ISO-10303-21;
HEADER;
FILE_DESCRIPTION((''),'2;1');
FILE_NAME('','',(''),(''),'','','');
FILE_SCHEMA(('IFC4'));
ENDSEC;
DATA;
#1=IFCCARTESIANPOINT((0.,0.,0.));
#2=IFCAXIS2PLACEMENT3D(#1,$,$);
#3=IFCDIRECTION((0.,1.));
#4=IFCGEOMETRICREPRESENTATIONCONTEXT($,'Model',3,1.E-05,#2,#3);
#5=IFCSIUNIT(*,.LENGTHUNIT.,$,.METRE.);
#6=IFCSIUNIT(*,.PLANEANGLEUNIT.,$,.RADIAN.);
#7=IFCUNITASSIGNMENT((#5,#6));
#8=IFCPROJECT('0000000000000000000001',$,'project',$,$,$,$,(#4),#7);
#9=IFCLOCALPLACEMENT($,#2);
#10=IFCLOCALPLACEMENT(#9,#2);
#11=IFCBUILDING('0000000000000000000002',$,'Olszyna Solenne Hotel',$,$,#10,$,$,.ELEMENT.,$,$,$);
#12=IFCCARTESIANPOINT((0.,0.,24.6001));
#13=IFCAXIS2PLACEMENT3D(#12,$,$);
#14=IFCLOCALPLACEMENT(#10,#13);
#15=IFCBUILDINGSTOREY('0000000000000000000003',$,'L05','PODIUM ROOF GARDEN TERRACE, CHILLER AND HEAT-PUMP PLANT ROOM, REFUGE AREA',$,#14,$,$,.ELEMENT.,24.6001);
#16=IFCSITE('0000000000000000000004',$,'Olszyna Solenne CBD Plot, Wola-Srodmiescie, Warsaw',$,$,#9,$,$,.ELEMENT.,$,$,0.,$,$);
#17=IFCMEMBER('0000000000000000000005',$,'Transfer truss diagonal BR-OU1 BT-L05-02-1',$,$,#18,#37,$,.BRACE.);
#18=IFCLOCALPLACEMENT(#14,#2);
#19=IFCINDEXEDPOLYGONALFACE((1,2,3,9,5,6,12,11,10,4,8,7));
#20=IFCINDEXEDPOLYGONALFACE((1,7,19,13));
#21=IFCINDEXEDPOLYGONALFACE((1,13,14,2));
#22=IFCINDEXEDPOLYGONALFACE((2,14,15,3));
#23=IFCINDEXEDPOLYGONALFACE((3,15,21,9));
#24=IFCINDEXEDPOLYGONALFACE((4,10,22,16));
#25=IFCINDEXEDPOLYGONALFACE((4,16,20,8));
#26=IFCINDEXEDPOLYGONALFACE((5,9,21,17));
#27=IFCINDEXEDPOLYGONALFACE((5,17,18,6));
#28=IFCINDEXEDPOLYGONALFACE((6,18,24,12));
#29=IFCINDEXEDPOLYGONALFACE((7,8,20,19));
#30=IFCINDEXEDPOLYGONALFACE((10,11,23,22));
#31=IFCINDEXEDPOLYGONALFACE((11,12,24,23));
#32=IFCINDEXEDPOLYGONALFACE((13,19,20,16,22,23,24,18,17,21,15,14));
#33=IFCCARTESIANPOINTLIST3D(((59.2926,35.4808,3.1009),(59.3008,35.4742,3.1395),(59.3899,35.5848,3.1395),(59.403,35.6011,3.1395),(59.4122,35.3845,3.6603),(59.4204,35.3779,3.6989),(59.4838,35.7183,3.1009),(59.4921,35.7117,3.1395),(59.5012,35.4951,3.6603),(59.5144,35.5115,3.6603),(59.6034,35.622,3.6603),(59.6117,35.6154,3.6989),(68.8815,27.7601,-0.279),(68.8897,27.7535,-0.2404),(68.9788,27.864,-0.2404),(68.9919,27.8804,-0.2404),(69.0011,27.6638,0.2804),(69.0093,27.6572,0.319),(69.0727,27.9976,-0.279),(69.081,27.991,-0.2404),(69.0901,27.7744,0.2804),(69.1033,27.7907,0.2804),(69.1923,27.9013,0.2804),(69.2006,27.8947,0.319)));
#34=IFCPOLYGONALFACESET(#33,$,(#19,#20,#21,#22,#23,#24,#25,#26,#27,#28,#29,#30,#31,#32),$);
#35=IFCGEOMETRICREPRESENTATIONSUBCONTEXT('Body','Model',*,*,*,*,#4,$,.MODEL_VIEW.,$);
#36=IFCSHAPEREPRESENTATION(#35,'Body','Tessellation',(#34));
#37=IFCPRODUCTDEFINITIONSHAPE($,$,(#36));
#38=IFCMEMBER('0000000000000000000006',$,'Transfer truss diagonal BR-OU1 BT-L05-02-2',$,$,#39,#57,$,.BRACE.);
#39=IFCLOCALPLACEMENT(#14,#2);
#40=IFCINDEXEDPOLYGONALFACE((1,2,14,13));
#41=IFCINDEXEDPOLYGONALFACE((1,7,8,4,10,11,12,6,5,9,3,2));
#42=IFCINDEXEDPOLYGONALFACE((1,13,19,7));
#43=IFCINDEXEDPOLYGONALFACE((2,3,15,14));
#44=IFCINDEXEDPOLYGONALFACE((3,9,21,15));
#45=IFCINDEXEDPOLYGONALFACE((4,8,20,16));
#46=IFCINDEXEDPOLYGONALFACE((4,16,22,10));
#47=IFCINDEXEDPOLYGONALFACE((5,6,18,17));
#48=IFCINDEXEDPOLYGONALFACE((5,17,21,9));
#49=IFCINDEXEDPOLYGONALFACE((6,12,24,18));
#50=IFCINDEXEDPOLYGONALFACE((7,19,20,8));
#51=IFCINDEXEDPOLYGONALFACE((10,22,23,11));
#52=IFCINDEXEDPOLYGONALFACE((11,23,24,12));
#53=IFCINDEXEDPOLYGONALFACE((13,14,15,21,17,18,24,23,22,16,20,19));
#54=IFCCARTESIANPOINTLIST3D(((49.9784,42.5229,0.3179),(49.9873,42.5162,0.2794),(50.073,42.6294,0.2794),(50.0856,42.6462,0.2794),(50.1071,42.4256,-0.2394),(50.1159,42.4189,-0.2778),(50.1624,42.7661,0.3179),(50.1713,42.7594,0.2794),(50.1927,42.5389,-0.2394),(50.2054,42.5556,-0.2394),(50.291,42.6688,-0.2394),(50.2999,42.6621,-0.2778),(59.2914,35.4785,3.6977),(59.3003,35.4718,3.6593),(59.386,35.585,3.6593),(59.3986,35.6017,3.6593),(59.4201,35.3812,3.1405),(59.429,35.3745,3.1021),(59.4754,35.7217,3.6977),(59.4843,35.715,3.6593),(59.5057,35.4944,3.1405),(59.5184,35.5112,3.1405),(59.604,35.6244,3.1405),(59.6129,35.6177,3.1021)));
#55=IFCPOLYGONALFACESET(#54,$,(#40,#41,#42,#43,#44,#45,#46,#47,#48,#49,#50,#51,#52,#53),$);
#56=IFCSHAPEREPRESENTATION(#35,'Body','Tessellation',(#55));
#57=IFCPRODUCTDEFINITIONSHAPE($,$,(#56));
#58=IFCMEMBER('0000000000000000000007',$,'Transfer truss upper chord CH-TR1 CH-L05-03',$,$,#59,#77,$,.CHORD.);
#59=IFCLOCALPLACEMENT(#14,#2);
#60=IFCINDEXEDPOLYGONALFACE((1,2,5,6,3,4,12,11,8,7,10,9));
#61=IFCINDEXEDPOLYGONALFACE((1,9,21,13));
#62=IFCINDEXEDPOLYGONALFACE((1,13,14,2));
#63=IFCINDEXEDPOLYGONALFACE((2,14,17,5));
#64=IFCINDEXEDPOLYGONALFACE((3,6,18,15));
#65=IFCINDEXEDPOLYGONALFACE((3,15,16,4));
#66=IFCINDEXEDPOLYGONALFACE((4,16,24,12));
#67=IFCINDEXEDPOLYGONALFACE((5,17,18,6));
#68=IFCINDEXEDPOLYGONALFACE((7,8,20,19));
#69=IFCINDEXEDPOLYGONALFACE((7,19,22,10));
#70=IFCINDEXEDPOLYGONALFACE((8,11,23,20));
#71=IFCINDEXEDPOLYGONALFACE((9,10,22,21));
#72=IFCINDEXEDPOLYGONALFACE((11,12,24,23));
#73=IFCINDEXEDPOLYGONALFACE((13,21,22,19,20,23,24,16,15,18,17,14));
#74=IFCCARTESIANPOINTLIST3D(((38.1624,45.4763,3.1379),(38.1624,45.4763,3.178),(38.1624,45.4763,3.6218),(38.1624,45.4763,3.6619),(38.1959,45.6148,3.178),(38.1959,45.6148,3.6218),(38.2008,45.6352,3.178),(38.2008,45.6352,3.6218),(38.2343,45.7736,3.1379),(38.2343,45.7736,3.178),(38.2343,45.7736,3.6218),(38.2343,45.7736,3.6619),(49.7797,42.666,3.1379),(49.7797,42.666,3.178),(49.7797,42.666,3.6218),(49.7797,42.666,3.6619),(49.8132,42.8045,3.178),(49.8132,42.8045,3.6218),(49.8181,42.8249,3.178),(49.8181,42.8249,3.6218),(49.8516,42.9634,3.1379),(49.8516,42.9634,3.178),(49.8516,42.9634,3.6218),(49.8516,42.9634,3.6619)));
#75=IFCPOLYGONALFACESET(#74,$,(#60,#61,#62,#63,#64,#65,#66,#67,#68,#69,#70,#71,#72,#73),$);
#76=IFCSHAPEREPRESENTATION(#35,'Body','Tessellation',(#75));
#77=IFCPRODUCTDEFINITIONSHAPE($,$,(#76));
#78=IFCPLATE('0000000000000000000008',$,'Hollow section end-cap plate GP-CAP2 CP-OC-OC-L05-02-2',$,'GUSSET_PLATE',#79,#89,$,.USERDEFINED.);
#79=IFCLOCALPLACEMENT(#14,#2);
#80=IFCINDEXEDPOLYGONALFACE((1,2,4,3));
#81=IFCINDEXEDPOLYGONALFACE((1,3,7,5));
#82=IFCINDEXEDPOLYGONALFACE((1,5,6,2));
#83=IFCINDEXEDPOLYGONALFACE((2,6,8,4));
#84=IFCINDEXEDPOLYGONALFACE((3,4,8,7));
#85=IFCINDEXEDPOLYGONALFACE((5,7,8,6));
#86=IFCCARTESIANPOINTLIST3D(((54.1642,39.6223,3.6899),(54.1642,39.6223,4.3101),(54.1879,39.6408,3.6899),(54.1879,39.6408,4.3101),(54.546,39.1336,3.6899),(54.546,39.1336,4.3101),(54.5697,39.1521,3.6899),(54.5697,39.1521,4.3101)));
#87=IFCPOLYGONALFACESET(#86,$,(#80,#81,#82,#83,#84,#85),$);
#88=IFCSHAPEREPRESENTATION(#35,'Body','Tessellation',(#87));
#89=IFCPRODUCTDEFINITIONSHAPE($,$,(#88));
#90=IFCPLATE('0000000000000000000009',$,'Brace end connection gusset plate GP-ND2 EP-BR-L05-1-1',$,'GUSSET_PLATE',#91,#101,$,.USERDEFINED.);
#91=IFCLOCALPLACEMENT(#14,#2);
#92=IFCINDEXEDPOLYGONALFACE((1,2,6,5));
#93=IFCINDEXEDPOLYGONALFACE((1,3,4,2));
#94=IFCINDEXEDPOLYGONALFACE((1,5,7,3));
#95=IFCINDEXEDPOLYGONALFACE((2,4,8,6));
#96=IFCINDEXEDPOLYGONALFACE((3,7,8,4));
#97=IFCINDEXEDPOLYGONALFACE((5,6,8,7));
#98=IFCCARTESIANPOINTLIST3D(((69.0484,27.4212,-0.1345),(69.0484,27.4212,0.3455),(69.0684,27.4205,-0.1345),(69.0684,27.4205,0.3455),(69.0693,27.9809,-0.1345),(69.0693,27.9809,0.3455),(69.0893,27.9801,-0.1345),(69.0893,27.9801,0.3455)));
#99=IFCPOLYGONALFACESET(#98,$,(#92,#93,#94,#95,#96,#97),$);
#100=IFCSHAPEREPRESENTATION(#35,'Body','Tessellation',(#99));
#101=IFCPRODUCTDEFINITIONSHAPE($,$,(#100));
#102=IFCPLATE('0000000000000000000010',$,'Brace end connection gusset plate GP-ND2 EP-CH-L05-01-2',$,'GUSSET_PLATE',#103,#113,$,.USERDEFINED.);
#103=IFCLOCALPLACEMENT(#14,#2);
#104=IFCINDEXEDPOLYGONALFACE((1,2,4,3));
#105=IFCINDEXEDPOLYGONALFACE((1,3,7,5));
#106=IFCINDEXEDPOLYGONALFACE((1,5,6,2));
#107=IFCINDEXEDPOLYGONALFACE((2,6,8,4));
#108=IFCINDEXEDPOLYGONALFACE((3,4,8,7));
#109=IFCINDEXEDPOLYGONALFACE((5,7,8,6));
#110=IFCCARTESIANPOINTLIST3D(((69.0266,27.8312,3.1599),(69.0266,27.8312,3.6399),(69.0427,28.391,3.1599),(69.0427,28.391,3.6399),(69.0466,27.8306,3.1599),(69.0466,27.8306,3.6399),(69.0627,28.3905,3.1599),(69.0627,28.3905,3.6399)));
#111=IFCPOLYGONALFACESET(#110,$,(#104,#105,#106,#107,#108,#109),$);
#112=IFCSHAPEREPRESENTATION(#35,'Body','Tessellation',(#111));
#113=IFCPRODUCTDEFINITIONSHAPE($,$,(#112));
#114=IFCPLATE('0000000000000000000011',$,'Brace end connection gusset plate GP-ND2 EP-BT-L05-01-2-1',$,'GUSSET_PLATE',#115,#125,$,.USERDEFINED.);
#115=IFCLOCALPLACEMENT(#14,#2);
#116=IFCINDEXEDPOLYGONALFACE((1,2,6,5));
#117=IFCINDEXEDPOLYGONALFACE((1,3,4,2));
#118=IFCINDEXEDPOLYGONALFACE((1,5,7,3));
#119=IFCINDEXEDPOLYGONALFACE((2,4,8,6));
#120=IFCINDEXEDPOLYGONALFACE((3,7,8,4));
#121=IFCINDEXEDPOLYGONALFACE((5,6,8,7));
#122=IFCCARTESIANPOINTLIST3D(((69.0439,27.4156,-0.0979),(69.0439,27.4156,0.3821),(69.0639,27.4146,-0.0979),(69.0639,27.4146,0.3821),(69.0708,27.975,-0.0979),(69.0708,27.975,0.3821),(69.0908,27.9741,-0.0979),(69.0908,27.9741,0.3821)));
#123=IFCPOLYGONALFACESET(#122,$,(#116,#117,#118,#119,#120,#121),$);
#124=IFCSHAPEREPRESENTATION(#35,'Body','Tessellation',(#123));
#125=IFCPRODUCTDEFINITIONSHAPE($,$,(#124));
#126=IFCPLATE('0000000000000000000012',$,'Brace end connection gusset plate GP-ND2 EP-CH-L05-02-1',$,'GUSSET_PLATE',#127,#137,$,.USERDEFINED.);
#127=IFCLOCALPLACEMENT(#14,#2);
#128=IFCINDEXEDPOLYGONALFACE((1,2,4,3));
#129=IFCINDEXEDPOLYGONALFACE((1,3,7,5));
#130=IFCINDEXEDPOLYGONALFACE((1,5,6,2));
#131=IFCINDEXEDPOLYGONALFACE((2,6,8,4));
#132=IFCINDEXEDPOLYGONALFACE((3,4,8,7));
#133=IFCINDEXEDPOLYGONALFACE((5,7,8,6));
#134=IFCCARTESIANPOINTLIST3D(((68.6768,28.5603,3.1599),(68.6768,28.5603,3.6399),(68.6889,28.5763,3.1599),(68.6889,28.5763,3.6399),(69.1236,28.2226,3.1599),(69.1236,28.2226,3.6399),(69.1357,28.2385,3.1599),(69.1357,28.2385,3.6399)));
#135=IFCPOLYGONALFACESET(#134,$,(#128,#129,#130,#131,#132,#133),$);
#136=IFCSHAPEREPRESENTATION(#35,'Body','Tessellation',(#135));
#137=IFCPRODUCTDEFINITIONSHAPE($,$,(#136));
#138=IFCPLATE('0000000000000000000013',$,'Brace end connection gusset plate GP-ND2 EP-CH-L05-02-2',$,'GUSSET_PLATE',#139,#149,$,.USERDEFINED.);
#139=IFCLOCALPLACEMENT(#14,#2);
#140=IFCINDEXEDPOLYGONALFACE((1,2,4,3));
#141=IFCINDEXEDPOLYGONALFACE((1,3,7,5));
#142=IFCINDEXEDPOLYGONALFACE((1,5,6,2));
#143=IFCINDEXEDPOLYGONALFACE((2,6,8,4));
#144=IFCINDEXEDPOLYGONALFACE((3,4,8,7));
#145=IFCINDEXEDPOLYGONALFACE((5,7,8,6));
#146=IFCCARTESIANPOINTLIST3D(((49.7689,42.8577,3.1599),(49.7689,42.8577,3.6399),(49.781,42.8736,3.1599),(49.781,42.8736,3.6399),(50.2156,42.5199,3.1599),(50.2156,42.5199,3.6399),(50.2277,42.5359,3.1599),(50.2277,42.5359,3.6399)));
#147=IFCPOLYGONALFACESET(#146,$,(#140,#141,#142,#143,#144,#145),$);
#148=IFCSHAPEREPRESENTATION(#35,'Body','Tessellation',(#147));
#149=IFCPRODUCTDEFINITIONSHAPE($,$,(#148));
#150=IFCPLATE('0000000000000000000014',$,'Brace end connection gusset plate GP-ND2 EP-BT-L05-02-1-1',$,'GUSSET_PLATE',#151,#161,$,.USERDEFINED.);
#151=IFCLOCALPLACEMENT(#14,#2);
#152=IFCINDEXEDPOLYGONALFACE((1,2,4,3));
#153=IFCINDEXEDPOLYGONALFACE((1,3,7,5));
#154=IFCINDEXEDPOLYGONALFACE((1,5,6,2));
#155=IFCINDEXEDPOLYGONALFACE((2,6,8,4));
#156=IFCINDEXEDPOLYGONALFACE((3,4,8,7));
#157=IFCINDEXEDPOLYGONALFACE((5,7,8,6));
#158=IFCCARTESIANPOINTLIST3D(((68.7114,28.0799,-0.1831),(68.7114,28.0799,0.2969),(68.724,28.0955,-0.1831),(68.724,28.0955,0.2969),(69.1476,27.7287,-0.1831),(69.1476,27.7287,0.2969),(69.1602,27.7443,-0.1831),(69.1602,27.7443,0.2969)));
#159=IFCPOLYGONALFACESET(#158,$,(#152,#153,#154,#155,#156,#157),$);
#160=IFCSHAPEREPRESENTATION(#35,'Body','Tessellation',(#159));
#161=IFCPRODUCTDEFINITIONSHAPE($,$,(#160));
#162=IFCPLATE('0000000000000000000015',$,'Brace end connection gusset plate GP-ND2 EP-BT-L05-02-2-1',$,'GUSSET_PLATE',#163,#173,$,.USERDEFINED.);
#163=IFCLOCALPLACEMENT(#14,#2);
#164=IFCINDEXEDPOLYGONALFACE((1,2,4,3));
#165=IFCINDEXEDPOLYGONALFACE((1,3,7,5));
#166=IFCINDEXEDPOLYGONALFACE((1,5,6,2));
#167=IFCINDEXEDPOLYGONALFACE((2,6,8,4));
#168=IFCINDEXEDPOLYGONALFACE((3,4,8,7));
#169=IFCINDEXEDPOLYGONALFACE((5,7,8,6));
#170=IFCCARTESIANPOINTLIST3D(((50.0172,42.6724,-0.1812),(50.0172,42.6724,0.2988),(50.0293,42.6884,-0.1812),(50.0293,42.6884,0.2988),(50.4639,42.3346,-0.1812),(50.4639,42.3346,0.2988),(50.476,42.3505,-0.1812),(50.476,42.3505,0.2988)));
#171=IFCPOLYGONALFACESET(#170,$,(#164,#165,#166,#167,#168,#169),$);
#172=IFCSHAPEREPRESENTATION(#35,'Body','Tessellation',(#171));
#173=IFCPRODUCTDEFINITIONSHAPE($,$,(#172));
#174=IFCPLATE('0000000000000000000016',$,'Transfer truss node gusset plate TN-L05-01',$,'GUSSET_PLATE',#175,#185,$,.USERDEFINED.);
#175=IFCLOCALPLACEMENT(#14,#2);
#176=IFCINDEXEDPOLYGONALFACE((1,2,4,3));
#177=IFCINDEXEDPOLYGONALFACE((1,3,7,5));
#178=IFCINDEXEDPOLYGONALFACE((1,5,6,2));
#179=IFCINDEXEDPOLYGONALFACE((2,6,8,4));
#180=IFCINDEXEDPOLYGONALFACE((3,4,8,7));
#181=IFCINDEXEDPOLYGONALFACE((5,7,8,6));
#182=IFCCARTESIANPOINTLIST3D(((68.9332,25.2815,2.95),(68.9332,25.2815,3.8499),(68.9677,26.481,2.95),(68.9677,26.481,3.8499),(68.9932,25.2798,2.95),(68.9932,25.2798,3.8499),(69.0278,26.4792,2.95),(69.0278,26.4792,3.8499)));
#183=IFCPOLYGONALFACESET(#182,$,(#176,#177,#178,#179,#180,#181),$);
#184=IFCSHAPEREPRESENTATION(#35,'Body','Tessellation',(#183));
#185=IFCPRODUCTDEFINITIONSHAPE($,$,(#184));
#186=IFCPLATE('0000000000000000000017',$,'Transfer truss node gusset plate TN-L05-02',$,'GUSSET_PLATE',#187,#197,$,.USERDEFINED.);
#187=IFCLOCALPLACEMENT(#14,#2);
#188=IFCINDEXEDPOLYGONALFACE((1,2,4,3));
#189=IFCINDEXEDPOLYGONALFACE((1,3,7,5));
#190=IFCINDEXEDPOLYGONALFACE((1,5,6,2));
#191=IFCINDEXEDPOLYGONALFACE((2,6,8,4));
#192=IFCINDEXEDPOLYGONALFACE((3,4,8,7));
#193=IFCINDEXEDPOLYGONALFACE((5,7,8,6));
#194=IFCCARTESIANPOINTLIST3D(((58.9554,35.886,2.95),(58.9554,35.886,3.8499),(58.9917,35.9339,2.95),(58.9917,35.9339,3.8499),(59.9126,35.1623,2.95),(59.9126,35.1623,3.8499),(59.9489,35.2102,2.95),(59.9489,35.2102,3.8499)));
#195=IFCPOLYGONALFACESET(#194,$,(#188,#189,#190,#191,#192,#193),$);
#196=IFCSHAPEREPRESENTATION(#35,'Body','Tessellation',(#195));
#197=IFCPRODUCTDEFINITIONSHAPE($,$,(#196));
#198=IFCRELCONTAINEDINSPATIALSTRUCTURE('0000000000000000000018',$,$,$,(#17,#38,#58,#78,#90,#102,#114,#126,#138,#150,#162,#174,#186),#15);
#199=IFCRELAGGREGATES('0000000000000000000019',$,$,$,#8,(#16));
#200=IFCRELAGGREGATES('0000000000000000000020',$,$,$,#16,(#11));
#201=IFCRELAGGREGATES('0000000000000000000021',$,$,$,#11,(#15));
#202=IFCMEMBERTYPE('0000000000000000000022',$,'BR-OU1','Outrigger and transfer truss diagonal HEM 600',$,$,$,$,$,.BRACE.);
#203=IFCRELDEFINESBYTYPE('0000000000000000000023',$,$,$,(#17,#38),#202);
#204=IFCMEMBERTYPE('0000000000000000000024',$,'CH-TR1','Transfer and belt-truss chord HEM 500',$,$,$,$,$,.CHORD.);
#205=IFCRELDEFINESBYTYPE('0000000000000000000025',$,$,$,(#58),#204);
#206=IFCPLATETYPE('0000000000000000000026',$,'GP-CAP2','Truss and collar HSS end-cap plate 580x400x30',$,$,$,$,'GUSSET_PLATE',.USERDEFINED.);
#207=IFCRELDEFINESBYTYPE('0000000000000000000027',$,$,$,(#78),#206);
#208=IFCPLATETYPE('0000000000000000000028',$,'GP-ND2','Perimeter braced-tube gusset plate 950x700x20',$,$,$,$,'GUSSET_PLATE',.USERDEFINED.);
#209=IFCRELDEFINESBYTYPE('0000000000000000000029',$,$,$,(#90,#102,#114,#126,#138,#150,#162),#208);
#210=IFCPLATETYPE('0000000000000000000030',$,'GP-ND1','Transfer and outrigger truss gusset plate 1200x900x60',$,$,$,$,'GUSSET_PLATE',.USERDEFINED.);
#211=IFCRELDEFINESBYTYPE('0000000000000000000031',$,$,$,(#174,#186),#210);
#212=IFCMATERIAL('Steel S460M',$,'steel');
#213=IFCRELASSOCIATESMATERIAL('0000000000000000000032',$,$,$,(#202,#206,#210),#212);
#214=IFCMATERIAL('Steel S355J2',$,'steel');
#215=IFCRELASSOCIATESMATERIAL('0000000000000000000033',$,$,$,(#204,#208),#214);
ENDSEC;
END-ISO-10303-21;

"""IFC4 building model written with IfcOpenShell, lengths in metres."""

from ifc_helpers import new_model, si_unit, direction, frame, origin, origin_2d, place, context, subcontext, project, spatial, rectangle, i_section, extrude, source, transform, mapped, material, material_profile, profile_set, type_object, element, save


model = new_model("IFC4")

# Units and contexts
model_context = context("Model", 3, precision=1e-05, world=origin(), true_north=direction((0.0, 1.0)))
body_context = subcontext(model_context, "Body", "Model", "MODEL_VIEW")
ifc_project = project(units=[si_unit("LENGTHUNIT", "METRE"), si_unit("PLANEANGLEUNIT", "RADIAN")], contexts=[model_context])

# Site, building, storey
site_placement = place(None, origin())
site = spatial("IfcSite", under=ifc_project, at=site_placement, Name="Olszyna Solenne CBD Plot, Wola-Srodmiescie, Warsaw", CompositionType="ELEMENT", RefElevation=0.0)
building_placement = place(site_placement, origin())
building = spatial("IfcBuilding", under=site, at=building_placement, Name="Olszyna Solenne Hotel", CompositionType="ELEMENT")
storey_placement = place(building_placement, frame((0.0, 0.0, 24.6001)))
storey = spatial("IfcBuildingStorey", under=building, at=storey_placement, Name="L05", Description="PODIUM ROOF GARDEN TERRACE, CHILLER AND HEAT-PUMP PLANT ROOM, REFUGE AREA", CompositionType="ELEMENT", Elevation=24.6001)

# Shared definitions
ifc_material_1 = material(Name="Steel S355J2", Category="steel")
ifc_material_2 = material(Name="Steel S460M", Category="steel")

# Members
ifc_material_profile_1 = material_profile(ifc_material_2, i_section(OverallWidth=0.3049, OverallDepth=0.6201, WebThickness=0.021, FlangeThickness=0.04, at=origin_2d()), Name="HEM 600", Category="load-bearing")
ifc_profile_set_1 = profile_set([ifc_material_profile_1], Name="Steel S460M")
member_type_1 = type_object("IfcMemberType", Name="BR-OU1", Description="Outrigger and transfer truss diagonal HEM 600", PredefinedType="BRACE", material=ifc_profile_set_1)
ifc_material_profile_2 = material_profile(ifc_material_1, i_section(OverallWidth=0.3059, OverallDepth=0.5239, WebThickness=0.021, FlangeThickness=0.04, at=origin_2d()), Name="HEM 500", Category="load-bearing")
ifc_profile_set_2 = profile_set([ifc_material_profile_2], Name="Steel S355J2")
member_type_2 = type_object("IfcMemberType", Name="CH-TR1", Description="Transfer and belt-truss chord HEM 500", PredefinedType="CHORD", material=ifc_profile_set_2)
shared_shape_1 = source(origin(), body_context, "Body", "SweptSolid", [
    extrude(i_section(OverallWidth=0.3049, OverallDepth=0.6201, WebThickness=0.021, FlangeThickness=0.04, at=origin_2d()), origin(), (0.0, 0.0, 1.0), 12.7664),
])
member_1_placement = place(storey_placement, frame((69.041, 27.8274, 0.02), z_axis=(-0.751106, 0.604771, 0.26475), x_axis=(-0.627149, -0.778899, 0.0)))
element("IfcMember", 1, at=member_1_placement, inside=storey, type_object=member_type_1, Name="Transfer truss diagonal BR-OU1 BT-L05-02-1", PredefinedType="BRACE", context=body_context, shape_type="MappedRepresentation", body=[
    mapped(shared_shape_1, transform((0.0, 0.0, 0.0), x_axis=(1.0, 0.0, 0.0), y_axis=(0.0, 1.0, 0.0), z_axis=(0.0, 0.0, 1.0), scale=1.0)),
])
shared_shape_2 = source(origin(), body_context, "Body", "SweptSolid", [
    extrude(i_section(OverallWidth=0.3049, OverallDepth=0.6201, WebThickness=0.021, FlangeThickness=0.04, at=origin_2d()), origin(), (0.0, 0.0, 1.0), 12.1565),
])
member_2_placement = place(storey_placement, frame((50.1392, 42.5925, 0.02), z_axis=(0.766094, -0.579481, 0.278032), x_axis=(0.603267, 0.79754, 0.0)))
element("IfcMember", 2, at=member_2_placement, inside=storey, type_object=member_type_1, Name="Transfer truss diagonal BR-OU1 BT-L05-02-2", PredefinedType="BRACE", context=body_context, shape_type="MappedRepresentation", body=[
    mapped(shared_shape_2, transform((0.0, 0.0, 0.0), x_axis=(1.0, 0.0, 0.0), y_axis=(0.0, 1.0, 0.0), z_axis=(0.0, 0.0, 1.0), scale=1.0)),
])
shared_shape_3 = source(origin(), body_context, "Body", "SweptSolid", [
    extrude(i_section(OverallWidth=0.3059, OverallDepth=0.5239, WebThickness=0.021, FlangeThickness=0.04, at=origin_2d()), origin(), (0.0, 0.0, 1.0), 11.9524),
])
member_3_placement = place(storey_placement, frame((49.8157, 42.8147, 3.3999), z_axis=(-0.971966, 0.235122, 0.0), x_axis=(-0.235122, -0.971966, 0.0)))
element("IfcMember", 3, at=member_3_placement, inside=storey, type_object=member_type_2, Name="Transfer truss upper chord CH-TR1 CH-L05-03", PredefinedType="CHORD", context=body_context, shape_type="MappedRepresentation", body=[
    mapped(shared_shape_3, transform((0.0, 0.0, 0.0), x_axis=(1.0, 0.0, 0.0), y_axis=(0.0, 1.0, 0.0), z_axis=(0.0, 0.0, 1.0), scale=1.0)),
])

# Plates
plate_type_1 = type_object("IfcPlateType", Name="GP-CAP2", Description="Truss and collar HSS end-cap plate 580x400x30", ElementType="GUSSET_PLATE", PredefinedType="USERDEFINED", material=ifc_material_2)
shared_shape_4 = source(origin(), body_context, "Body", "SweptSolid", [
    extrude(rectangle(XDim=0.03, YDim=0.6201, at=origin_2d()), origin(), (0.0, 0.0, 1.0), 0.6201),
])
plate_1_placement = place(storey_placement, frame((54.3669, 39.3872, 3.6899), z_axis=(0.0, 0.0, 1.0), x_axis=(0.788011, 0.615661, 0.0)))
element("IfcPlate", 4, at=plate_1_placement, inside=storey, type_object=plate_type_1, Name="Hollow section end-cap plate GP-CAP2 CP-OC-OC-L05-02-2", ObjectType="GUSSET_PLATE", PredefinedType="USERDEFINED", context=body_context, shape_type="MappedRepresentation", body=[
    mapped(shared_shape_4, transform((0.0, 0.0, 0.0), x_axis=(1.0, 0.0, 0.0), y_axis=(0.0, 1.0, 0.0), z_axis=(0.0, 0.0, 1.0), scale=1.0)),
])
plate_type_2 = type_object("IfcPlateType", Name="GP-ND2", Description="Perimeter braced-tube gusset plate 950x700x20", ElementType="GUSSET_PLATE", PredefinedType="USERDEFINED", material=ifc_material_1)
shared_shape_5 = source(origin(), body_context, "Body", "SweptSolid", [
    extrude(rectangle(XDim=0.5601, YDim=0.02, at=origin_2d()), origin(), (0.0, 0.0, 1.0), 0.48),
])
for number, where, z_axis, x_axis, name in (
    (5, (69.0688, 27.7007, -0.1345), (0.0, 0.0, 1.0), (-0.037167, -0.999309, 0.0), "Brace end connection gusset plate GP-ND2 EP-BR-L05-1-1"),
    (6, (69.0447, 28.1108, 3.1599), (0.0, 0.0, 1.0), (0.028794, 0.999585, 0.0), "Brace end connection gusset plate GP-ND2 EP-CH-L05-01-2"),
    (7, (69.0674, 27.6948, -0.0979), (0.0, 0.0, 1.0), (-0.047978, -0.998848, 0.0), "Brace end connection gusset plate GP-ND2 EP-BT-L05-01-2-1"),
    (8, (68.9062, 28.3994, 3.1599), (0.0, 0.0, 1.0), (-0.797689, 0.603069, 0.0), "Brace end connection gusset plate GP-ND2 EP-CH-L05-02-1"),
    (9, (49.9983, 42.6968, 3.1599), (0.0, 0.0, 1.0), (-0.797689, 0.603069, 0.0), "Brace end connection gusset plate GP-ND2 EP-CH-L05-02-2"),
    (10, (68.9358, 27.9121, -0.1831), (0.0, 0.0, 1.0), (-0.7789, 0.627148, 0.0), "Brace end connection gusset plate GP-ND2 EP-BT-L05-02-1-1"),
    (11, (50.2466, 42.5115, -0.1812), (0.0, 0.0, 1.0), (0.797584, -0.603208, 0.0), "Brace end connection gusset plate GP-ND2 EP-BT-L05-02-2-1"),
):
    element("IfcPlate", number, at=place(storey_placement, frame(where, z_axis=z_axis, x_axis=x_axis)), inside=storey, type_object=plate_type_2, Name=name, ObjectType="GUSSET_PLATE", PredefinedType="USERDEFINED", context=body_context, shape_type="MappedRepresentation", body=[
        mapped(shared_shape_5, transform((0.0, 0.0, 0.0), x_axis=(1.0, 0.0, 0.0), y_axis=(0.0, 1.0, 0.0), z_axis=(0.0, 0.0, 1.0), scale=1.0)),
    ])
plate_type_3 = type_object("IfcPlateType", Name="GP-ND1", Description="Transfer and outrigger truss gusset plate 1200x900x60", ElementType="GUSSET_PLATE", PredefinedType="USERDEFINED", material=ifc_material_2)
shared_shape_6 = source(origin(), body_context, "Body", "SweptSolid", [
    extrude(rectangle(XDim=1.2, YDim=0.0601, at=origin_2d()), origin(), (0.0, 0.0, 1.0), 0.8999),
])
for number, where, z_axis, x_axis, name in (
    (12, (68.9805, 25.8804, 2.95), (0.0, 0.0, 1.0), (0.028794, 0.999585, 0.0), "Transfer truss node gusset plate TN-L05-01"),
    (13, (59.4521, 35.5481, 2.95), (0.0, 0.0, 1.0), (-0.797689, 0.603069, 0.0), "Transfer truss node gusset plate TN-L05-02"),
):
    element("IfcPlate", number, at=place(storey_placement, frame(where, z_axis=z_axis, x_axis=x_axis)), inside=storey, type_object=plate_type_3, Name=name, ObjectType="GUSSET_PLATE", PredefinedType="USERDEFINED", context=body_context, shape_type="MappedRepresentation", body=[
        mapped(shared_shape_6, transform((0.0, 0.0, 0.0), x_axis=(1.0, 0.0, 0.0), y_axis=(0.0, 1.0, 0.0), z_axis=(0.0, 0.0, 1.0), scale=1.0)),
    ])

save(model, "model.ifc")
